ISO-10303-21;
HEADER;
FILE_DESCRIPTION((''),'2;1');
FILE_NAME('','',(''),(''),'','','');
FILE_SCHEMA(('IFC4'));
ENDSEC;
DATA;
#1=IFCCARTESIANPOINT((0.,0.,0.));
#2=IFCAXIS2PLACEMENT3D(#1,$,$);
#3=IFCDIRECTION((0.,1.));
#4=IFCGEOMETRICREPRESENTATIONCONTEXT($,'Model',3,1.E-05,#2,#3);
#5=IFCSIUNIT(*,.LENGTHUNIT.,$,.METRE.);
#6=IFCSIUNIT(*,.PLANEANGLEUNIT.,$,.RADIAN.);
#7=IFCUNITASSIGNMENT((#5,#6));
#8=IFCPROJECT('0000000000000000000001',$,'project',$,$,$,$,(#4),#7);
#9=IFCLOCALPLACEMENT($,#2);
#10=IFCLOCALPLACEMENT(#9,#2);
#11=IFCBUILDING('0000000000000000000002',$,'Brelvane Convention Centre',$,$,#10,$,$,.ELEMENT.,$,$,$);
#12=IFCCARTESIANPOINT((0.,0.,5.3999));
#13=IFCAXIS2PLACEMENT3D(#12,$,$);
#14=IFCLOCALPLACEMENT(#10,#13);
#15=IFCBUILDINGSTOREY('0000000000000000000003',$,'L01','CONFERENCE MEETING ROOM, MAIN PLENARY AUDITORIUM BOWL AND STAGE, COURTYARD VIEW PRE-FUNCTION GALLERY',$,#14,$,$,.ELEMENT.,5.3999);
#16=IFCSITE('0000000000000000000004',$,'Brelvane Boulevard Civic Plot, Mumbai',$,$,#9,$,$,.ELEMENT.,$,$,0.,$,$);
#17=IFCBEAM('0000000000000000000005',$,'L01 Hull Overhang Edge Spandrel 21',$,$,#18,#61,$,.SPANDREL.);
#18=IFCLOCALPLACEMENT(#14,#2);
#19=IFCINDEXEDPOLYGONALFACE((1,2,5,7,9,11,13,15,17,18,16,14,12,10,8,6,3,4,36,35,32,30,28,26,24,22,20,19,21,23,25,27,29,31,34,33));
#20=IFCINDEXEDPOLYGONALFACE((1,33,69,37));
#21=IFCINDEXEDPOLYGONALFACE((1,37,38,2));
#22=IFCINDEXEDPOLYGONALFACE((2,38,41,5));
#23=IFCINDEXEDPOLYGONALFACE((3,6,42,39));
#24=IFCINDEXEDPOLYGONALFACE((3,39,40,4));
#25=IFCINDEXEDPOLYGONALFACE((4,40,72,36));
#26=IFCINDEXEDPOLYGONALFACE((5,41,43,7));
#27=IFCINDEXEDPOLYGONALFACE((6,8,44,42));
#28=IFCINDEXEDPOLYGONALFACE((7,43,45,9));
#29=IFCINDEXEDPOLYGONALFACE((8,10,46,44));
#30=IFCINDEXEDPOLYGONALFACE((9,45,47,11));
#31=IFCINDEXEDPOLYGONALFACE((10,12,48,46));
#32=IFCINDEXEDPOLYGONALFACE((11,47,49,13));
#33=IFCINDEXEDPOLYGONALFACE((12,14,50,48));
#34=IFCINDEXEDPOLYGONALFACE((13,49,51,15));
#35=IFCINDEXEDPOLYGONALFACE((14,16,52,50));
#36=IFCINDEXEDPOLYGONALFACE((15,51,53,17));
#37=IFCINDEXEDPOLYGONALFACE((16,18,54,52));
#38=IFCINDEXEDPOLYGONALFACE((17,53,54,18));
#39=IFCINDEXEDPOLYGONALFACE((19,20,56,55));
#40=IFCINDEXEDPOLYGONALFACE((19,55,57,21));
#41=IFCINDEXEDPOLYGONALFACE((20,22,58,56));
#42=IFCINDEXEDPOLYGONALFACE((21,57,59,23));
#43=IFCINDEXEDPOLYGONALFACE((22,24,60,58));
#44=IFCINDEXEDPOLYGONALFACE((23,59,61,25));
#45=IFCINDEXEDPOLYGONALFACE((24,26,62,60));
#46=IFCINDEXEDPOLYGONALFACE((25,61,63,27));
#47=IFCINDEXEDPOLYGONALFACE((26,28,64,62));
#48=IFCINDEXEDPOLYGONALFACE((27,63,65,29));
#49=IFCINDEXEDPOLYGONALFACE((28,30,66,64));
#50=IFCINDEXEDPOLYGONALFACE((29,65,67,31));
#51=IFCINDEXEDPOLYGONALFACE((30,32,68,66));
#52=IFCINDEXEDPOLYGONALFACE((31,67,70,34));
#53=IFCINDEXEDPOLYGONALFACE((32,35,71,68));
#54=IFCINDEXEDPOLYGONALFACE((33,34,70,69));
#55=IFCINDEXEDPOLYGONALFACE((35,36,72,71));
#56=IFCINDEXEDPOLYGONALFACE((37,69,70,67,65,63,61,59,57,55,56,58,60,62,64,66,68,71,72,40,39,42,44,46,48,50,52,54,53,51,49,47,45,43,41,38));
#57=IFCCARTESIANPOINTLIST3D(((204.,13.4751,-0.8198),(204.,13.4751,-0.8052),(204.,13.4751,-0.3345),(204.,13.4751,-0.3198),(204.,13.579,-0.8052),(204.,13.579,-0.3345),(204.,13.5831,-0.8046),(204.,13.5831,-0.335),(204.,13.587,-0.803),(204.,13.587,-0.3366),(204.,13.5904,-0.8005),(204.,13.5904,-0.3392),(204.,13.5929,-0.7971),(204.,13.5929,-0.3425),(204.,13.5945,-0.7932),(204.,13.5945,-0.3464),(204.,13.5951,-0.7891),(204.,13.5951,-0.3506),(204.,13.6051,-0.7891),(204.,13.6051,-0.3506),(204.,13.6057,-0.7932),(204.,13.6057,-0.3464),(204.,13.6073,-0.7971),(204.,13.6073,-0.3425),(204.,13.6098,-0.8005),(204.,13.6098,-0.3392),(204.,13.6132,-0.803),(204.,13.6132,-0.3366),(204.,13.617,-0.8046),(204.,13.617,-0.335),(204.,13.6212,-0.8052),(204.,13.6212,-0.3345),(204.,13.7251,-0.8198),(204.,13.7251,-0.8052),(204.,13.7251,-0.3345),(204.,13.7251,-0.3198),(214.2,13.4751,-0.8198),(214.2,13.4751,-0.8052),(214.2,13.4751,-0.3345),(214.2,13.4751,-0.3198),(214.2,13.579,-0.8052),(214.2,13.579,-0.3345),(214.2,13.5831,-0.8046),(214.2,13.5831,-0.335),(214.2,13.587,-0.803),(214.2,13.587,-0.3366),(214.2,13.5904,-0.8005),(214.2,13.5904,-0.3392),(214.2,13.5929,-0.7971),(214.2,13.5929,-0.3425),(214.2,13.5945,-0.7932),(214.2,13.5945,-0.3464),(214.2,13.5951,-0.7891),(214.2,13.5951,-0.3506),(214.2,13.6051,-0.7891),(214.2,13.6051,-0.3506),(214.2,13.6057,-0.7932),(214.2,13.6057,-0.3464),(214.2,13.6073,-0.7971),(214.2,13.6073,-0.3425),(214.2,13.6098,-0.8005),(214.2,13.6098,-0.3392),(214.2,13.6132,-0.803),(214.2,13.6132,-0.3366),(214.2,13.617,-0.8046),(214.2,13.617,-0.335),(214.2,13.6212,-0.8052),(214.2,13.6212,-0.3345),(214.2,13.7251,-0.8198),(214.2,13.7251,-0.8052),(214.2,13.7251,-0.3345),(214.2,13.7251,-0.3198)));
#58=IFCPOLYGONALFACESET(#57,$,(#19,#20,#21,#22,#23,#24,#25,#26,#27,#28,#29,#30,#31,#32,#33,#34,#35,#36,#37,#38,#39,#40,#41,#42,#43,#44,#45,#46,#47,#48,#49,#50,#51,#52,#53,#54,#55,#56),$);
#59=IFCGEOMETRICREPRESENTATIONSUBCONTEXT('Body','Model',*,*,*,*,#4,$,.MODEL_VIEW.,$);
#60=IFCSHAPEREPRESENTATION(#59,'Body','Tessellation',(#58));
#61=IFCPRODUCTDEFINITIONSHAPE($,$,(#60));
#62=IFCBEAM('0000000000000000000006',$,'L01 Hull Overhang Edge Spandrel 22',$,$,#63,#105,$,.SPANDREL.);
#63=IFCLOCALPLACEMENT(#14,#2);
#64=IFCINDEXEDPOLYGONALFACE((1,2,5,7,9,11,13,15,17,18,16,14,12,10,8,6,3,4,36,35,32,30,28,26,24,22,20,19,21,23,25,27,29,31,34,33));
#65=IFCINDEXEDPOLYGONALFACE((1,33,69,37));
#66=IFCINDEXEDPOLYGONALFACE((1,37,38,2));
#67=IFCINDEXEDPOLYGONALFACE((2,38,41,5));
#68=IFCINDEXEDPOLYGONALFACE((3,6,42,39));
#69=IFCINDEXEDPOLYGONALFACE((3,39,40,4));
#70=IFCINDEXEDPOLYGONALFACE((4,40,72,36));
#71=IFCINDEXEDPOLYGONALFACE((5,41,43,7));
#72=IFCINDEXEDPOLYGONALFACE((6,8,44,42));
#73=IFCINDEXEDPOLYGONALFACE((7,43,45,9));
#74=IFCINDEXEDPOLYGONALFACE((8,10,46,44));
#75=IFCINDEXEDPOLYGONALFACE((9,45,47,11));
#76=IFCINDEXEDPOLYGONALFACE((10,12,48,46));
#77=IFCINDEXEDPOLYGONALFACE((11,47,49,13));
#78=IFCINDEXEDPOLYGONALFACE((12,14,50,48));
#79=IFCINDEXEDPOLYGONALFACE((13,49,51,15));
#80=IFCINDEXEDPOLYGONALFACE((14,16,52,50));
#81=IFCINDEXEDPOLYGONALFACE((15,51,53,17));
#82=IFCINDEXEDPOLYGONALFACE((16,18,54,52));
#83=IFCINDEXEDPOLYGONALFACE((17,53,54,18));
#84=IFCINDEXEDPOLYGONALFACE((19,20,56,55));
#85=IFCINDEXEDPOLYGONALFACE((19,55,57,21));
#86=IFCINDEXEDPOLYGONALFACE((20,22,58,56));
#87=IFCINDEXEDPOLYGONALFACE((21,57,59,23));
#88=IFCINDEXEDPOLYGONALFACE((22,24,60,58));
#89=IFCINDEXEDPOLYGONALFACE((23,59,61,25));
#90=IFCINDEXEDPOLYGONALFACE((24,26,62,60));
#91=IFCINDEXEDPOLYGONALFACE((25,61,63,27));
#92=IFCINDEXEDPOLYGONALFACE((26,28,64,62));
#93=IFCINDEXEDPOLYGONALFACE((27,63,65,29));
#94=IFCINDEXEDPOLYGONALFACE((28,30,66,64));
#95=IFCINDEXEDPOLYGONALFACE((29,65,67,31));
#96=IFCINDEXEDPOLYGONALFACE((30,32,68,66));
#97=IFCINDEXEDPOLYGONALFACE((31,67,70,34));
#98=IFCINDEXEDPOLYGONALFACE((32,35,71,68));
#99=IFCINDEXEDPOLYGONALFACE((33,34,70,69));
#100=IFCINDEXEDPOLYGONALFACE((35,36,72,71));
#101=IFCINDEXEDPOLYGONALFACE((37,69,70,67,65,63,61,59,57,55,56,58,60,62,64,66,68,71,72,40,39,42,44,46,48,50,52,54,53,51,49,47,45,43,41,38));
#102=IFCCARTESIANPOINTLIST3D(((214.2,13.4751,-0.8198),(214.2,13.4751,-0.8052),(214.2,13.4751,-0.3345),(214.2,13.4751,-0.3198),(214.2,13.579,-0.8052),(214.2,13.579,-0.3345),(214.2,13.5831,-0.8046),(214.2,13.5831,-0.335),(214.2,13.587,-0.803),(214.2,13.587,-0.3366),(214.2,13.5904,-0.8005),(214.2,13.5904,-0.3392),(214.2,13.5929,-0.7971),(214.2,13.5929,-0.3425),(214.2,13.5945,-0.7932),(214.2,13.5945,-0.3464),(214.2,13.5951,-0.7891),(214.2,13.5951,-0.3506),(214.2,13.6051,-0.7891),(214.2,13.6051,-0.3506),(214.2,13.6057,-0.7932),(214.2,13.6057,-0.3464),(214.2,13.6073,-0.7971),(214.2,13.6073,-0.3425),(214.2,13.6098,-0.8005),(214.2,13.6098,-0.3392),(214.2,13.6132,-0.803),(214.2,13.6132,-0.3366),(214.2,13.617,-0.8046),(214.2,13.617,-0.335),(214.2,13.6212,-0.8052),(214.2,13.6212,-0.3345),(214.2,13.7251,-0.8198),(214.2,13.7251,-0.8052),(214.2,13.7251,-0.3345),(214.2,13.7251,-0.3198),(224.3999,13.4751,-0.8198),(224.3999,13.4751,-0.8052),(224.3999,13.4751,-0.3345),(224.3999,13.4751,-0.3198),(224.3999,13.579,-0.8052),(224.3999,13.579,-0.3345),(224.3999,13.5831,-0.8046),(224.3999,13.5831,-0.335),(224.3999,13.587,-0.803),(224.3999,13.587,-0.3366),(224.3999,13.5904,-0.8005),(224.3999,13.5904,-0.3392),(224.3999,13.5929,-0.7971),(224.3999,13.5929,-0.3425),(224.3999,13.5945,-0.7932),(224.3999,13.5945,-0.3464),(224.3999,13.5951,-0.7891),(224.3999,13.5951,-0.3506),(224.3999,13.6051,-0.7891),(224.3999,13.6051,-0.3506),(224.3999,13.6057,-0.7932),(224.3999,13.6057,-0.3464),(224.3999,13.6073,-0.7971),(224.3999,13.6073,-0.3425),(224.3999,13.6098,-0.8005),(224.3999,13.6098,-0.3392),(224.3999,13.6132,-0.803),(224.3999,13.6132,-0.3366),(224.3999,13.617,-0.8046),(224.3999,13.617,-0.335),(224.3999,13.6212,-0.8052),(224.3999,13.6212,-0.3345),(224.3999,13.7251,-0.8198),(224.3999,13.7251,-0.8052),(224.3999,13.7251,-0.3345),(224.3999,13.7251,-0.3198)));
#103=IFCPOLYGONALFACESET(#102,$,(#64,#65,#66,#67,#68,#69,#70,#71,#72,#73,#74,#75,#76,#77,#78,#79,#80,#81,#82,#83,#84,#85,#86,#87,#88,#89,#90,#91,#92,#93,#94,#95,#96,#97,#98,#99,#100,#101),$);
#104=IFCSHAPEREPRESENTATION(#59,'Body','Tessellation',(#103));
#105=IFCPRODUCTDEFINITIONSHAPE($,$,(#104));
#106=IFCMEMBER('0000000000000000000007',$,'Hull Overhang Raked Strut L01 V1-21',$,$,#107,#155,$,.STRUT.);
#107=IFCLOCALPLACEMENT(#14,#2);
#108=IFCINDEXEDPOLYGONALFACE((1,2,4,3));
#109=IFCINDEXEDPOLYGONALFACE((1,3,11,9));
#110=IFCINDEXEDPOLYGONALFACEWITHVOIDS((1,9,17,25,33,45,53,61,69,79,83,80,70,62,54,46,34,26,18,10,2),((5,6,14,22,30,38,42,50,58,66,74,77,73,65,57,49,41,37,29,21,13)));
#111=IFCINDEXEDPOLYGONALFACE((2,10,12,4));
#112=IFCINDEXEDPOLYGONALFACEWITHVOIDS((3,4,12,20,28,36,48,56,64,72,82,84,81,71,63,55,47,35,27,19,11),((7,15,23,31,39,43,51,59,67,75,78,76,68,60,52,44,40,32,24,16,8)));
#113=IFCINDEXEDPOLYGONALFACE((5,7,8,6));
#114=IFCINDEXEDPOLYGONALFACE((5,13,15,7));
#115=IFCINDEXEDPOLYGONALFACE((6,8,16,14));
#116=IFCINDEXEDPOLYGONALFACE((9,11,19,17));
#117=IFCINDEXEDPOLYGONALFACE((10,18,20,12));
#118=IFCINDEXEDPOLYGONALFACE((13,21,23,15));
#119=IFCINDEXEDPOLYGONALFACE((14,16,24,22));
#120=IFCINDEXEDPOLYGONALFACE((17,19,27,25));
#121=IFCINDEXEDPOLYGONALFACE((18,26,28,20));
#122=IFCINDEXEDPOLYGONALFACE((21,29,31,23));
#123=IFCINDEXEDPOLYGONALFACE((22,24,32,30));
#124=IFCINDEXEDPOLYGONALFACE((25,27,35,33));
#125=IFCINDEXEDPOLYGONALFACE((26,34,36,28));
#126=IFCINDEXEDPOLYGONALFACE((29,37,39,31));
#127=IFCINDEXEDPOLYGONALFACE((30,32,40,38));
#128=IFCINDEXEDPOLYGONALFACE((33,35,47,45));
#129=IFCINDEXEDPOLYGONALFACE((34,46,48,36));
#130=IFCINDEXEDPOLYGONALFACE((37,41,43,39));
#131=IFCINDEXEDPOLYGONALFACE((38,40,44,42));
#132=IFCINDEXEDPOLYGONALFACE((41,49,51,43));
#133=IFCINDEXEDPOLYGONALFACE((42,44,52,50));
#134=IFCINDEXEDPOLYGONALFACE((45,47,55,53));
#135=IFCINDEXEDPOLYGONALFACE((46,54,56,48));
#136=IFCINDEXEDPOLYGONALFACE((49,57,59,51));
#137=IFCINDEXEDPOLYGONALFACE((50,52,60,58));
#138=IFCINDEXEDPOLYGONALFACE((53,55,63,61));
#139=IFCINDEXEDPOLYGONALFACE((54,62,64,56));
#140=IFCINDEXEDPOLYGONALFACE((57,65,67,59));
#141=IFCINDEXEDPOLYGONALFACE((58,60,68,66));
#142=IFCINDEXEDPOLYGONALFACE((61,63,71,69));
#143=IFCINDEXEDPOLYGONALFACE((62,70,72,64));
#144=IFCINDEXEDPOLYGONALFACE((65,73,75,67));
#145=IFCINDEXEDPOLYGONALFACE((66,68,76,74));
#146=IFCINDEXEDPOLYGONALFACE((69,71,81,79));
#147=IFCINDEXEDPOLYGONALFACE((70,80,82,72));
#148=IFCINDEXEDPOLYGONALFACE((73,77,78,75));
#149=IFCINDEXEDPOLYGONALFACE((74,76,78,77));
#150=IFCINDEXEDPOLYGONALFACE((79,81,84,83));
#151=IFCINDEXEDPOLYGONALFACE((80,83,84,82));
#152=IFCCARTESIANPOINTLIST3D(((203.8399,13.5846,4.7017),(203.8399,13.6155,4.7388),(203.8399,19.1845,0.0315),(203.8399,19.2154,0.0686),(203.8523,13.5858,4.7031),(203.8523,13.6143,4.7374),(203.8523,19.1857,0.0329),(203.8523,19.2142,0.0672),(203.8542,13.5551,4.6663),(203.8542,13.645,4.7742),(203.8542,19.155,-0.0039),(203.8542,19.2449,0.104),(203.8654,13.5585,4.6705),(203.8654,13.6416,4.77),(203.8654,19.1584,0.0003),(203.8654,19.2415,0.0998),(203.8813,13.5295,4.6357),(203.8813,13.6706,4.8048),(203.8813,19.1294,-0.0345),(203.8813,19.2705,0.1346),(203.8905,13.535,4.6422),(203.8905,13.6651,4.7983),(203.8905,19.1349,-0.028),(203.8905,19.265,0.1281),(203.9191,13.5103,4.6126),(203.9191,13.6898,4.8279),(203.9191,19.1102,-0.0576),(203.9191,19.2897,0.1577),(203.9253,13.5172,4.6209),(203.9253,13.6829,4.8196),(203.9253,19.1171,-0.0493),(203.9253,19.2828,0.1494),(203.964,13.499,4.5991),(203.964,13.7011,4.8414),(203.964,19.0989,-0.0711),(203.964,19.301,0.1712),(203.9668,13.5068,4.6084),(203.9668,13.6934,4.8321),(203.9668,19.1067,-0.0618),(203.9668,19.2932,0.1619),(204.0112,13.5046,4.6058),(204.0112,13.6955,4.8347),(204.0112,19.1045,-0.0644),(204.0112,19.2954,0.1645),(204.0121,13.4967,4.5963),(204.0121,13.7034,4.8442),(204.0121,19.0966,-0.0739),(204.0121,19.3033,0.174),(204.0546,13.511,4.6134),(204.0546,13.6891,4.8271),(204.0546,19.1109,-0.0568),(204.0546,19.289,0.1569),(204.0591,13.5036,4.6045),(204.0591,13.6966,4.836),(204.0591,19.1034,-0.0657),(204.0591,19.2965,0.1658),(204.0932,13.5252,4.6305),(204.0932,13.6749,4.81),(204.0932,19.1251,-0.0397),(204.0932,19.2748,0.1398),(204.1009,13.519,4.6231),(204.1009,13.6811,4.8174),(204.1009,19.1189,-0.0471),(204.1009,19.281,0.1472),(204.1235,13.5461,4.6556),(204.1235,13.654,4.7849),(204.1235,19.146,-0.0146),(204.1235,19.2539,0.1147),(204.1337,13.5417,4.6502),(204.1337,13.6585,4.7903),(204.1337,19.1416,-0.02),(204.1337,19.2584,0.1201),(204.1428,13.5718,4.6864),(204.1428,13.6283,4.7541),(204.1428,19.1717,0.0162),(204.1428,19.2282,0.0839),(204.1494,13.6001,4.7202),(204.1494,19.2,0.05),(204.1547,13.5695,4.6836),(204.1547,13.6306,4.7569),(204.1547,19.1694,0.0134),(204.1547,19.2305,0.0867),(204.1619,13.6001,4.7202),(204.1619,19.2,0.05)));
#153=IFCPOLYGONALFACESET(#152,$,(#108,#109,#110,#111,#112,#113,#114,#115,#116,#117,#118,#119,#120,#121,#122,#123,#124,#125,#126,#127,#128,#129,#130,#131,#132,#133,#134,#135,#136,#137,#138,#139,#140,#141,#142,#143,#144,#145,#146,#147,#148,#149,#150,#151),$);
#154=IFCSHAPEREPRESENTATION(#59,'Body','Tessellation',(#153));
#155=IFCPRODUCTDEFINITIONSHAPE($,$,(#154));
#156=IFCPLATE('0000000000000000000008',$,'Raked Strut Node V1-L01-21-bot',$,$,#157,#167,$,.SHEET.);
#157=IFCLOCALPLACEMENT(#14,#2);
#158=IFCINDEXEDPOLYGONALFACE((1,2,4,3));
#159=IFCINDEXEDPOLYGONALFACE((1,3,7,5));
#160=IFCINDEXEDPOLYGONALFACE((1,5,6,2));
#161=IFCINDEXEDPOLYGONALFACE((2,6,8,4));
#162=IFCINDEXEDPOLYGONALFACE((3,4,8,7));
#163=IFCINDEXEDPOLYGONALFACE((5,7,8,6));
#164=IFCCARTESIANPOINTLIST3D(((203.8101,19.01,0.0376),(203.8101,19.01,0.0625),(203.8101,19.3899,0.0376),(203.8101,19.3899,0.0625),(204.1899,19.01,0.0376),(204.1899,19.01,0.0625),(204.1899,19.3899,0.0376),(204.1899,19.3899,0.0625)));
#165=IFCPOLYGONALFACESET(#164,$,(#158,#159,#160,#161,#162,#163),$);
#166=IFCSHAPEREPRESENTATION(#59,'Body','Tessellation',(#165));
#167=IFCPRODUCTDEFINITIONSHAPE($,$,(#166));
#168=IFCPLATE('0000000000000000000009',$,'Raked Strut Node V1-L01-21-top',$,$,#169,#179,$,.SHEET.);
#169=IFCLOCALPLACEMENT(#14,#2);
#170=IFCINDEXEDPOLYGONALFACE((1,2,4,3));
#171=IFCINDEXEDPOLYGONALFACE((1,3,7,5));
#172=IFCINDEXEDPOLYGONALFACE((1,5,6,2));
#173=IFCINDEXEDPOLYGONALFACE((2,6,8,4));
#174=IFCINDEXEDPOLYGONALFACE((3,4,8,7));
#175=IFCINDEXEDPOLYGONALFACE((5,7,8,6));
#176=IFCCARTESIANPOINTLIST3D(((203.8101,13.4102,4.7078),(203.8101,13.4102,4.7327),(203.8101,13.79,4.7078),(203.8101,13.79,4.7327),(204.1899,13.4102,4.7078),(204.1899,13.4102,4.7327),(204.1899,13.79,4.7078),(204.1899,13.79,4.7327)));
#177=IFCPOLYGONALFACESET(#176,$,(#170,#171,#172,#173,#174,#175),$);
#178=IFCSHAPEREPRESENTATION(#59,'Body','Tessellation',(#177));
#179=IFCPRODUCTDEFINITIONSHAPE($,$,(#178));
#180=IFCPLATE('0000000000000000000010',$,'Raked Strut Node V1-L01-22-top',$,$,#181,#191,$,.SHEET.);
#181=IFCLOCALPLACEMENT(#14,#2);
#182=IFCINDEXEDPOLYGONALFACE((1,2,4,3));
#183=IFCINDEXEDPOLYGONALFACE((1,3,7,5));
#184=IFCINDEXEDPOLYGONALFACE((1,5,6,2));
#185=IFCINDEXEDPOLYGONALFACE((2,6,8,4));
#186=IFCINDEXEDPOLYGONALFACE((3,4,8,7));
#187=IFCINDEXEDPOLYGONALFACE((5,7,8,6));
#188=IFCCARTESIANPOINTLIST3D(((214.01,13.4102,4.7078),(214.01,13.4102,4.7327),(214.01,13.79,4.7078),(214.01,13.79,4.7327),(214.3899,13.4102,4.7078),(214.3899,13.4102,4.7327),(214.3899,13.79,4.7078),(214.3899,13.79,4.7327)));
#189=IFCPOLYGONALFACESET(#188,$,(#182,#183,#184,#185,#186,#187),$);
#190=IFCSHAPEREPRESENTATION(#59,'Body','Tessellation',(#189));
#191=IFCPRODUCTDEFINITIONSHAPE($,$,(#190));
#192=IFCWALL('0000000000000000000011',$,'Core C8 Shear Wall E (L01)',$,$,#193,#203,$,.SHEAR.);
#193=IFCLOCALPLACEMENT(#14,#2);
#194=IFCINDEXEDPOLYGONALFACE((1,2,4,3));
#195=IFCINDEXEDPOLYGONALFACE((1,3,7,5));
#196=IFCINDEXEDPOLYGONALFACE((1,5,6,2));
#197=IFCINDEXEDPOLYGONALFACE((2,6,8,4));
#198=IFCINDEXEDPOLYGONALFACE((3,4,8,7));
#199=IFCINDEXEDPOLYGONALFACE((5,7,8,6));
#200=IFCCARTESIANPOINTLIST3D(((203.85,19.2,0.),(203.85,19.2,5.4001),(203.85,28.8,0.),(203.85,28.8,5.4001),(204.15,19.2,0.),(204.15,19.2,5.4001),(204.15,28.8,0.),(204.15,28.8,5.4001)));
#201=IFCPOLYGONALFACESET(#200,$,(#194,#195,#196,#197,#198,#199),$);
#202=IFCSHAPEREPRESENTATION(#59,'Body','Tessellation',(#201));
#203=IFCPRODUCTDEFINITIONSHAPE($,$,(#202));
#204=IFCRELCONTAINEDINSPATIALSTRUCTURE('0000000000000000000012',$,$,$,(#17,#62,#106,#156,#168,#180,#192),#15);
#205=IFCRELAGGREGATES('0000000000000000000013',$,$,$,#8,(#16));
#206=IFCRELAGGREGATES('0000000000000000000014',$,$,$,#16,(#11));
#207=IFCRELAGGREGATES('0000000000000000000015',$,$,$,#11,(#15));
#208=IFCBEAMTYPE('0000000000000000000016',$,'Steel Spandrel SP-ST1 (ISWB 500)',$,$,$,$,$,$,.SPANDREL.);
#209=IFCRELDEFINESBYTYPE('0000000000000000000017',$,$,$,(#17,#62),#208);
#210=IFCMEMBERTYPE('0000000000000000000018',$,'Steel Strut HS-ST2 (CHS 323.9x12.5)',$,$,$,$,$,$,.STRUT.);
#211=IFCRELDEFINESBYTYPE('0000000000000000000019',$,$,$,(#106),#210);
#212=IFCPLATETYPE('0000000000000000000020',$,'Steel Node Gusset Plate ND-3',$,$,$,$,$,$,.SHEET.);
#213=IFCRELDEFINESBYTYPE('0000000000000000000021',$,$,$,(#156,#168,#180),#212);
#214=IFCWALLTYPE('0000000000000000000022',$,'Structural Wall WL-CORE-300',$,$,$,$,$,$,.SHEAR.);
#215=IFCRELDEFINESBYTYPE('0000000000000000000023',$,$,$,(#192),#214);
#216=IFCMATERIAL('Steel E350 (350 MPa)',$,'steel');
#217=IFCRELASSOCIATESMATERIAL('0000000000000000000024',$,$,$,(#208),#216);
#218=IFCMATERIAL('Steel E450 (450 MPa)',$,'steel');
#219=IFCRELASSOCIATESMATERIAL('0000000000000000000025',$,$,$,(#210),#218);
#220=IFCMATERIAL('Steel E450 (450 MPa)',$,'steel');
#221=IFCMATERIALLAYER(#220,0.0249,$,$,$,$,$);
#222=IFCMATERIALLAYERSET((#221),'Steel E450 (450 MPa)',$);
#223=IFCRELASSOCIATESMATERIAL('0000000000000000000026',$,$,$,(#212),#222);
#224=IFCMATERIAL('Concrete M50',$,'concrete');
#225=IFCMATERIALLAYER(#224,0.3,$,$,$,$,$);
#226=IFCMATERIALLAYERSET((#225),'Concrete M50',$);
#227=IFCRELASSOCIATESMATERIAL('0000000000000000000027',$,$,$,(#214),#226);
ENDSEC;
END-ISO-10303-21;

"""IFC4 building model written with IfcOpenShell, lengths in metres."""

from ifc_helpers import new_model, si_unit, direction, frame, frame_2d, origin, origin_2d, place, context, subcontext, project, spatial, rectangle, hollow_circle, i_section, extrude, material, layer, layer_set, material_profile, profile_set, type_object, element, save


model = new_model("IFC4")

# Units and contexts
model_context = context("Model", 3, precision=1e-05, world=origin(), true_north=direction((0.0, 1.0)))
body_context = subcontext(model_context, "Body", "Model", "MODEL_VIEW")
ifc_project = project(units=[si_unit("LENGTHUNIT", "METRE"), si_unit("PLANEANGLEUNIT", "RADIAN")], contexts=[model_context])

# Site, building, storey
site_placement = place(None, origin())
site = spatial("IfcSite", under=ifc_project, at=site_placement, Name="Brelvane Boulevard Civic Plot, Mumbai", CompositionType="ELEMENT", RefElevation=0.0)
building_placement = place(site_placement, origin())
building = spatial("IfcBuilding", under=site, at=building_placement, Name="Brelvane Convention Centre", CompositionType="ELEMENT")
storey_placement = place(building_placement, frame((0.0, 0.0, 5.3999)))
storey = spatial("IfcBuildingStorey", under=building, at=storey_placement, Name="L01", Description="CONFERENCE MEETING ROOM, MAIN PLENARY AUDITORIUM BOWL AND STAGE, COURTYARD VIEW PRE-FUNCTION GALLERY", CompositionType="ELEMENT", Elevation=5.3999)

# Beams
ifc_material_1 = material(Name="Steel E350 (350 MPa)", Category="steel")
ifc_material_profile_1 = material_profile(ifc_material_1, i_section(OverallWidth=0.25, OverallDepth=0.5, WebThickness=0.01, FlangeThickness=0.0146, FilletRadius=0.0161, at=origin_2d()), Name="ISWB 500")
ifc_profile_set_1 = profile_set([ifc_material_profile_1], Name="Steel E350 (350 MPa)")
beam_type_1 = type_object("IfcBeamType", Name="Steel Spandrel SP-ST1 (ISWB 500)", PredefinedType="SPANDREL", material=ifc_profile_set_1)
for number, where, z_axis, x_axis, name in (
    (1, (204.0, 13.6001, -0.5698), (1.0, 0.0, 0.0), (0.0, 1.0, 0.0), "L01 Hull Overhang Edge Spandrel 21"),
    (2, (214.2, 13.6001, -0.5698), (1.0, 0.0, 0.0), (0.0, 1.0, 0.0), "L01 Hull Overhang Edge Spandrel 22"),
):
    element("IfcBeam", number, at=place(storey_placement, frame(where, z_axis=z_axis, x_axis=x_axis)), inside=storey, type_object=beam_type_1, Name=name, PredefinedType="SPANDREL", context=body_context, shape_type="SweptSolid", body=[
        extrude(i_section(OverallWidth=0.25, OverallDepth=0.5, WebThickness=0.01, FlangeThickness=0.0146, FilletRadius=0.0161, at=origin_2d()), origin(), (0.0, 0.0, 1.0), 10.2),
    ])

# Member
ifc_material_2 = material(Name="Steel E450 (450 MPa)", Category="steel")
ifc_material_profile_2 = material_profile(ifc_material_2, hollow_circle(Radius=0.1619, WallThickness=0.0125, at=origin_2d()), Name="CHS 323.9x12.5")
ifc_profile_set_2 = profile_set([ifc_material_profile_2], Name="Steel E450 (450 MPa)")
member_type_1 = type_object("IfcMemberType", Name="Steel Strut HS-ST2 (CHS 323.9x12.5)", PredefinedType="STRUT", material=ifc_profile_set_2)
member_1_placement = place(storey_placement, frame((204.0, 19.2, 0.05), z_axis=(0.0, -0.767977, 0.640477), x_axis=(1.0, 0.0, 0.0)))
element("IfcMember", 3, at=member_1_placement, inside=storey, type_object=member_type_1, Name="Hull Overhang Raked Strut L01 V1-21", PredefinedType="STRUT", context=body_context, shape_type="SweptSolid", body=[
    extrude(hollow_circle(Radius=0.1619, WallThickness=0.0125, at=origin_2d()), origin(), (0.0, 0.0, 1.0), 7.2917),
])

# Plates
ifc_material_3 = material(Name="Steel E450 (450 MPa)", Category="steel")
ifc_layer_1 = layer(ifc_material_3, 0.0249)
ifc_layer_set_1 = layer_set([ifc_layer_1], Name="Steel E450 (450 MPa)")
plate_type = type_object("IfcPlateType", Name="Steel Node Gusset Plate ND-3", PredefinedType="SHEET", material=ifc_layer_set_1)
for number, where, z_axis, x_axis, name in (
    (4, (204.0, 19.2, 0.0376), (0.0, 0.0, 1.0), (1.0, 0.0, 0.0), "Raked Strut Node V1-L01-21-bot"),
    (5, (204.0, 13.6001, 4.7078), (0.0, 0.0, 1.0), (1.0, 0.0, 0.0), "Raked Strut Node V1-L01-21-top"),
    (6, (214.2, 13.6001, 4.7078), (0.0, 0.0, 1.0), (1.0, 0.0, 0.0), "Raked Strut Node V1-L01-22-top"),
):
    element("IfcPlate", number, at=place(storey_placement, frame(where, z_axis=z_axis, x_axis=x_axis)), inside=storey, type_object=plate_type, Name=name, PredefinedType="SHEET", context=body_context, shape_type="SweptSolid", body=[
        extrude(rectangle(XDim=0.3799, YDim=0.3799, at=origin_2d()), origin(), (0.0, 0.0, 1.0), 0.0249),
    ])

# Wall
ifc_material_4 = material(Name="Concrete M50", Category="concrete")
ifc_layer_2 = layer(ifc_material_4, 0.3)
ifc_layer_set_2 = layer_set([ifc_layer_2], Name="Concrete M50")
wall_type = type_object("IfcWallType", Name="Structural Wall WL-CORE-300", PredefinedType="SHEAR", material=ifc_layer_set_2)
wall_placement = place(storey_placement, frame((204.0, 19.2, 0.0), z_axis=(0.0, 0.0, 1.0), x_axis=(0.0, 1.0, 0.0)))
element("IfcWall", 7, at=wall_placement, inside=storey, type_object=wall_type, Name="Core C8 Shear Wall E (L01)", PredefinedType="SHEAR", context=body_context, shape_type="SweptSolid", body=[
    extrude(rectangle(XDim=9.6001, YDim=0.3, at=frame_2d((4.8, 0.0))), origin(), (0.0, 0.0, 1.0), 5.4001),
])

save(model, "model.ifc")
